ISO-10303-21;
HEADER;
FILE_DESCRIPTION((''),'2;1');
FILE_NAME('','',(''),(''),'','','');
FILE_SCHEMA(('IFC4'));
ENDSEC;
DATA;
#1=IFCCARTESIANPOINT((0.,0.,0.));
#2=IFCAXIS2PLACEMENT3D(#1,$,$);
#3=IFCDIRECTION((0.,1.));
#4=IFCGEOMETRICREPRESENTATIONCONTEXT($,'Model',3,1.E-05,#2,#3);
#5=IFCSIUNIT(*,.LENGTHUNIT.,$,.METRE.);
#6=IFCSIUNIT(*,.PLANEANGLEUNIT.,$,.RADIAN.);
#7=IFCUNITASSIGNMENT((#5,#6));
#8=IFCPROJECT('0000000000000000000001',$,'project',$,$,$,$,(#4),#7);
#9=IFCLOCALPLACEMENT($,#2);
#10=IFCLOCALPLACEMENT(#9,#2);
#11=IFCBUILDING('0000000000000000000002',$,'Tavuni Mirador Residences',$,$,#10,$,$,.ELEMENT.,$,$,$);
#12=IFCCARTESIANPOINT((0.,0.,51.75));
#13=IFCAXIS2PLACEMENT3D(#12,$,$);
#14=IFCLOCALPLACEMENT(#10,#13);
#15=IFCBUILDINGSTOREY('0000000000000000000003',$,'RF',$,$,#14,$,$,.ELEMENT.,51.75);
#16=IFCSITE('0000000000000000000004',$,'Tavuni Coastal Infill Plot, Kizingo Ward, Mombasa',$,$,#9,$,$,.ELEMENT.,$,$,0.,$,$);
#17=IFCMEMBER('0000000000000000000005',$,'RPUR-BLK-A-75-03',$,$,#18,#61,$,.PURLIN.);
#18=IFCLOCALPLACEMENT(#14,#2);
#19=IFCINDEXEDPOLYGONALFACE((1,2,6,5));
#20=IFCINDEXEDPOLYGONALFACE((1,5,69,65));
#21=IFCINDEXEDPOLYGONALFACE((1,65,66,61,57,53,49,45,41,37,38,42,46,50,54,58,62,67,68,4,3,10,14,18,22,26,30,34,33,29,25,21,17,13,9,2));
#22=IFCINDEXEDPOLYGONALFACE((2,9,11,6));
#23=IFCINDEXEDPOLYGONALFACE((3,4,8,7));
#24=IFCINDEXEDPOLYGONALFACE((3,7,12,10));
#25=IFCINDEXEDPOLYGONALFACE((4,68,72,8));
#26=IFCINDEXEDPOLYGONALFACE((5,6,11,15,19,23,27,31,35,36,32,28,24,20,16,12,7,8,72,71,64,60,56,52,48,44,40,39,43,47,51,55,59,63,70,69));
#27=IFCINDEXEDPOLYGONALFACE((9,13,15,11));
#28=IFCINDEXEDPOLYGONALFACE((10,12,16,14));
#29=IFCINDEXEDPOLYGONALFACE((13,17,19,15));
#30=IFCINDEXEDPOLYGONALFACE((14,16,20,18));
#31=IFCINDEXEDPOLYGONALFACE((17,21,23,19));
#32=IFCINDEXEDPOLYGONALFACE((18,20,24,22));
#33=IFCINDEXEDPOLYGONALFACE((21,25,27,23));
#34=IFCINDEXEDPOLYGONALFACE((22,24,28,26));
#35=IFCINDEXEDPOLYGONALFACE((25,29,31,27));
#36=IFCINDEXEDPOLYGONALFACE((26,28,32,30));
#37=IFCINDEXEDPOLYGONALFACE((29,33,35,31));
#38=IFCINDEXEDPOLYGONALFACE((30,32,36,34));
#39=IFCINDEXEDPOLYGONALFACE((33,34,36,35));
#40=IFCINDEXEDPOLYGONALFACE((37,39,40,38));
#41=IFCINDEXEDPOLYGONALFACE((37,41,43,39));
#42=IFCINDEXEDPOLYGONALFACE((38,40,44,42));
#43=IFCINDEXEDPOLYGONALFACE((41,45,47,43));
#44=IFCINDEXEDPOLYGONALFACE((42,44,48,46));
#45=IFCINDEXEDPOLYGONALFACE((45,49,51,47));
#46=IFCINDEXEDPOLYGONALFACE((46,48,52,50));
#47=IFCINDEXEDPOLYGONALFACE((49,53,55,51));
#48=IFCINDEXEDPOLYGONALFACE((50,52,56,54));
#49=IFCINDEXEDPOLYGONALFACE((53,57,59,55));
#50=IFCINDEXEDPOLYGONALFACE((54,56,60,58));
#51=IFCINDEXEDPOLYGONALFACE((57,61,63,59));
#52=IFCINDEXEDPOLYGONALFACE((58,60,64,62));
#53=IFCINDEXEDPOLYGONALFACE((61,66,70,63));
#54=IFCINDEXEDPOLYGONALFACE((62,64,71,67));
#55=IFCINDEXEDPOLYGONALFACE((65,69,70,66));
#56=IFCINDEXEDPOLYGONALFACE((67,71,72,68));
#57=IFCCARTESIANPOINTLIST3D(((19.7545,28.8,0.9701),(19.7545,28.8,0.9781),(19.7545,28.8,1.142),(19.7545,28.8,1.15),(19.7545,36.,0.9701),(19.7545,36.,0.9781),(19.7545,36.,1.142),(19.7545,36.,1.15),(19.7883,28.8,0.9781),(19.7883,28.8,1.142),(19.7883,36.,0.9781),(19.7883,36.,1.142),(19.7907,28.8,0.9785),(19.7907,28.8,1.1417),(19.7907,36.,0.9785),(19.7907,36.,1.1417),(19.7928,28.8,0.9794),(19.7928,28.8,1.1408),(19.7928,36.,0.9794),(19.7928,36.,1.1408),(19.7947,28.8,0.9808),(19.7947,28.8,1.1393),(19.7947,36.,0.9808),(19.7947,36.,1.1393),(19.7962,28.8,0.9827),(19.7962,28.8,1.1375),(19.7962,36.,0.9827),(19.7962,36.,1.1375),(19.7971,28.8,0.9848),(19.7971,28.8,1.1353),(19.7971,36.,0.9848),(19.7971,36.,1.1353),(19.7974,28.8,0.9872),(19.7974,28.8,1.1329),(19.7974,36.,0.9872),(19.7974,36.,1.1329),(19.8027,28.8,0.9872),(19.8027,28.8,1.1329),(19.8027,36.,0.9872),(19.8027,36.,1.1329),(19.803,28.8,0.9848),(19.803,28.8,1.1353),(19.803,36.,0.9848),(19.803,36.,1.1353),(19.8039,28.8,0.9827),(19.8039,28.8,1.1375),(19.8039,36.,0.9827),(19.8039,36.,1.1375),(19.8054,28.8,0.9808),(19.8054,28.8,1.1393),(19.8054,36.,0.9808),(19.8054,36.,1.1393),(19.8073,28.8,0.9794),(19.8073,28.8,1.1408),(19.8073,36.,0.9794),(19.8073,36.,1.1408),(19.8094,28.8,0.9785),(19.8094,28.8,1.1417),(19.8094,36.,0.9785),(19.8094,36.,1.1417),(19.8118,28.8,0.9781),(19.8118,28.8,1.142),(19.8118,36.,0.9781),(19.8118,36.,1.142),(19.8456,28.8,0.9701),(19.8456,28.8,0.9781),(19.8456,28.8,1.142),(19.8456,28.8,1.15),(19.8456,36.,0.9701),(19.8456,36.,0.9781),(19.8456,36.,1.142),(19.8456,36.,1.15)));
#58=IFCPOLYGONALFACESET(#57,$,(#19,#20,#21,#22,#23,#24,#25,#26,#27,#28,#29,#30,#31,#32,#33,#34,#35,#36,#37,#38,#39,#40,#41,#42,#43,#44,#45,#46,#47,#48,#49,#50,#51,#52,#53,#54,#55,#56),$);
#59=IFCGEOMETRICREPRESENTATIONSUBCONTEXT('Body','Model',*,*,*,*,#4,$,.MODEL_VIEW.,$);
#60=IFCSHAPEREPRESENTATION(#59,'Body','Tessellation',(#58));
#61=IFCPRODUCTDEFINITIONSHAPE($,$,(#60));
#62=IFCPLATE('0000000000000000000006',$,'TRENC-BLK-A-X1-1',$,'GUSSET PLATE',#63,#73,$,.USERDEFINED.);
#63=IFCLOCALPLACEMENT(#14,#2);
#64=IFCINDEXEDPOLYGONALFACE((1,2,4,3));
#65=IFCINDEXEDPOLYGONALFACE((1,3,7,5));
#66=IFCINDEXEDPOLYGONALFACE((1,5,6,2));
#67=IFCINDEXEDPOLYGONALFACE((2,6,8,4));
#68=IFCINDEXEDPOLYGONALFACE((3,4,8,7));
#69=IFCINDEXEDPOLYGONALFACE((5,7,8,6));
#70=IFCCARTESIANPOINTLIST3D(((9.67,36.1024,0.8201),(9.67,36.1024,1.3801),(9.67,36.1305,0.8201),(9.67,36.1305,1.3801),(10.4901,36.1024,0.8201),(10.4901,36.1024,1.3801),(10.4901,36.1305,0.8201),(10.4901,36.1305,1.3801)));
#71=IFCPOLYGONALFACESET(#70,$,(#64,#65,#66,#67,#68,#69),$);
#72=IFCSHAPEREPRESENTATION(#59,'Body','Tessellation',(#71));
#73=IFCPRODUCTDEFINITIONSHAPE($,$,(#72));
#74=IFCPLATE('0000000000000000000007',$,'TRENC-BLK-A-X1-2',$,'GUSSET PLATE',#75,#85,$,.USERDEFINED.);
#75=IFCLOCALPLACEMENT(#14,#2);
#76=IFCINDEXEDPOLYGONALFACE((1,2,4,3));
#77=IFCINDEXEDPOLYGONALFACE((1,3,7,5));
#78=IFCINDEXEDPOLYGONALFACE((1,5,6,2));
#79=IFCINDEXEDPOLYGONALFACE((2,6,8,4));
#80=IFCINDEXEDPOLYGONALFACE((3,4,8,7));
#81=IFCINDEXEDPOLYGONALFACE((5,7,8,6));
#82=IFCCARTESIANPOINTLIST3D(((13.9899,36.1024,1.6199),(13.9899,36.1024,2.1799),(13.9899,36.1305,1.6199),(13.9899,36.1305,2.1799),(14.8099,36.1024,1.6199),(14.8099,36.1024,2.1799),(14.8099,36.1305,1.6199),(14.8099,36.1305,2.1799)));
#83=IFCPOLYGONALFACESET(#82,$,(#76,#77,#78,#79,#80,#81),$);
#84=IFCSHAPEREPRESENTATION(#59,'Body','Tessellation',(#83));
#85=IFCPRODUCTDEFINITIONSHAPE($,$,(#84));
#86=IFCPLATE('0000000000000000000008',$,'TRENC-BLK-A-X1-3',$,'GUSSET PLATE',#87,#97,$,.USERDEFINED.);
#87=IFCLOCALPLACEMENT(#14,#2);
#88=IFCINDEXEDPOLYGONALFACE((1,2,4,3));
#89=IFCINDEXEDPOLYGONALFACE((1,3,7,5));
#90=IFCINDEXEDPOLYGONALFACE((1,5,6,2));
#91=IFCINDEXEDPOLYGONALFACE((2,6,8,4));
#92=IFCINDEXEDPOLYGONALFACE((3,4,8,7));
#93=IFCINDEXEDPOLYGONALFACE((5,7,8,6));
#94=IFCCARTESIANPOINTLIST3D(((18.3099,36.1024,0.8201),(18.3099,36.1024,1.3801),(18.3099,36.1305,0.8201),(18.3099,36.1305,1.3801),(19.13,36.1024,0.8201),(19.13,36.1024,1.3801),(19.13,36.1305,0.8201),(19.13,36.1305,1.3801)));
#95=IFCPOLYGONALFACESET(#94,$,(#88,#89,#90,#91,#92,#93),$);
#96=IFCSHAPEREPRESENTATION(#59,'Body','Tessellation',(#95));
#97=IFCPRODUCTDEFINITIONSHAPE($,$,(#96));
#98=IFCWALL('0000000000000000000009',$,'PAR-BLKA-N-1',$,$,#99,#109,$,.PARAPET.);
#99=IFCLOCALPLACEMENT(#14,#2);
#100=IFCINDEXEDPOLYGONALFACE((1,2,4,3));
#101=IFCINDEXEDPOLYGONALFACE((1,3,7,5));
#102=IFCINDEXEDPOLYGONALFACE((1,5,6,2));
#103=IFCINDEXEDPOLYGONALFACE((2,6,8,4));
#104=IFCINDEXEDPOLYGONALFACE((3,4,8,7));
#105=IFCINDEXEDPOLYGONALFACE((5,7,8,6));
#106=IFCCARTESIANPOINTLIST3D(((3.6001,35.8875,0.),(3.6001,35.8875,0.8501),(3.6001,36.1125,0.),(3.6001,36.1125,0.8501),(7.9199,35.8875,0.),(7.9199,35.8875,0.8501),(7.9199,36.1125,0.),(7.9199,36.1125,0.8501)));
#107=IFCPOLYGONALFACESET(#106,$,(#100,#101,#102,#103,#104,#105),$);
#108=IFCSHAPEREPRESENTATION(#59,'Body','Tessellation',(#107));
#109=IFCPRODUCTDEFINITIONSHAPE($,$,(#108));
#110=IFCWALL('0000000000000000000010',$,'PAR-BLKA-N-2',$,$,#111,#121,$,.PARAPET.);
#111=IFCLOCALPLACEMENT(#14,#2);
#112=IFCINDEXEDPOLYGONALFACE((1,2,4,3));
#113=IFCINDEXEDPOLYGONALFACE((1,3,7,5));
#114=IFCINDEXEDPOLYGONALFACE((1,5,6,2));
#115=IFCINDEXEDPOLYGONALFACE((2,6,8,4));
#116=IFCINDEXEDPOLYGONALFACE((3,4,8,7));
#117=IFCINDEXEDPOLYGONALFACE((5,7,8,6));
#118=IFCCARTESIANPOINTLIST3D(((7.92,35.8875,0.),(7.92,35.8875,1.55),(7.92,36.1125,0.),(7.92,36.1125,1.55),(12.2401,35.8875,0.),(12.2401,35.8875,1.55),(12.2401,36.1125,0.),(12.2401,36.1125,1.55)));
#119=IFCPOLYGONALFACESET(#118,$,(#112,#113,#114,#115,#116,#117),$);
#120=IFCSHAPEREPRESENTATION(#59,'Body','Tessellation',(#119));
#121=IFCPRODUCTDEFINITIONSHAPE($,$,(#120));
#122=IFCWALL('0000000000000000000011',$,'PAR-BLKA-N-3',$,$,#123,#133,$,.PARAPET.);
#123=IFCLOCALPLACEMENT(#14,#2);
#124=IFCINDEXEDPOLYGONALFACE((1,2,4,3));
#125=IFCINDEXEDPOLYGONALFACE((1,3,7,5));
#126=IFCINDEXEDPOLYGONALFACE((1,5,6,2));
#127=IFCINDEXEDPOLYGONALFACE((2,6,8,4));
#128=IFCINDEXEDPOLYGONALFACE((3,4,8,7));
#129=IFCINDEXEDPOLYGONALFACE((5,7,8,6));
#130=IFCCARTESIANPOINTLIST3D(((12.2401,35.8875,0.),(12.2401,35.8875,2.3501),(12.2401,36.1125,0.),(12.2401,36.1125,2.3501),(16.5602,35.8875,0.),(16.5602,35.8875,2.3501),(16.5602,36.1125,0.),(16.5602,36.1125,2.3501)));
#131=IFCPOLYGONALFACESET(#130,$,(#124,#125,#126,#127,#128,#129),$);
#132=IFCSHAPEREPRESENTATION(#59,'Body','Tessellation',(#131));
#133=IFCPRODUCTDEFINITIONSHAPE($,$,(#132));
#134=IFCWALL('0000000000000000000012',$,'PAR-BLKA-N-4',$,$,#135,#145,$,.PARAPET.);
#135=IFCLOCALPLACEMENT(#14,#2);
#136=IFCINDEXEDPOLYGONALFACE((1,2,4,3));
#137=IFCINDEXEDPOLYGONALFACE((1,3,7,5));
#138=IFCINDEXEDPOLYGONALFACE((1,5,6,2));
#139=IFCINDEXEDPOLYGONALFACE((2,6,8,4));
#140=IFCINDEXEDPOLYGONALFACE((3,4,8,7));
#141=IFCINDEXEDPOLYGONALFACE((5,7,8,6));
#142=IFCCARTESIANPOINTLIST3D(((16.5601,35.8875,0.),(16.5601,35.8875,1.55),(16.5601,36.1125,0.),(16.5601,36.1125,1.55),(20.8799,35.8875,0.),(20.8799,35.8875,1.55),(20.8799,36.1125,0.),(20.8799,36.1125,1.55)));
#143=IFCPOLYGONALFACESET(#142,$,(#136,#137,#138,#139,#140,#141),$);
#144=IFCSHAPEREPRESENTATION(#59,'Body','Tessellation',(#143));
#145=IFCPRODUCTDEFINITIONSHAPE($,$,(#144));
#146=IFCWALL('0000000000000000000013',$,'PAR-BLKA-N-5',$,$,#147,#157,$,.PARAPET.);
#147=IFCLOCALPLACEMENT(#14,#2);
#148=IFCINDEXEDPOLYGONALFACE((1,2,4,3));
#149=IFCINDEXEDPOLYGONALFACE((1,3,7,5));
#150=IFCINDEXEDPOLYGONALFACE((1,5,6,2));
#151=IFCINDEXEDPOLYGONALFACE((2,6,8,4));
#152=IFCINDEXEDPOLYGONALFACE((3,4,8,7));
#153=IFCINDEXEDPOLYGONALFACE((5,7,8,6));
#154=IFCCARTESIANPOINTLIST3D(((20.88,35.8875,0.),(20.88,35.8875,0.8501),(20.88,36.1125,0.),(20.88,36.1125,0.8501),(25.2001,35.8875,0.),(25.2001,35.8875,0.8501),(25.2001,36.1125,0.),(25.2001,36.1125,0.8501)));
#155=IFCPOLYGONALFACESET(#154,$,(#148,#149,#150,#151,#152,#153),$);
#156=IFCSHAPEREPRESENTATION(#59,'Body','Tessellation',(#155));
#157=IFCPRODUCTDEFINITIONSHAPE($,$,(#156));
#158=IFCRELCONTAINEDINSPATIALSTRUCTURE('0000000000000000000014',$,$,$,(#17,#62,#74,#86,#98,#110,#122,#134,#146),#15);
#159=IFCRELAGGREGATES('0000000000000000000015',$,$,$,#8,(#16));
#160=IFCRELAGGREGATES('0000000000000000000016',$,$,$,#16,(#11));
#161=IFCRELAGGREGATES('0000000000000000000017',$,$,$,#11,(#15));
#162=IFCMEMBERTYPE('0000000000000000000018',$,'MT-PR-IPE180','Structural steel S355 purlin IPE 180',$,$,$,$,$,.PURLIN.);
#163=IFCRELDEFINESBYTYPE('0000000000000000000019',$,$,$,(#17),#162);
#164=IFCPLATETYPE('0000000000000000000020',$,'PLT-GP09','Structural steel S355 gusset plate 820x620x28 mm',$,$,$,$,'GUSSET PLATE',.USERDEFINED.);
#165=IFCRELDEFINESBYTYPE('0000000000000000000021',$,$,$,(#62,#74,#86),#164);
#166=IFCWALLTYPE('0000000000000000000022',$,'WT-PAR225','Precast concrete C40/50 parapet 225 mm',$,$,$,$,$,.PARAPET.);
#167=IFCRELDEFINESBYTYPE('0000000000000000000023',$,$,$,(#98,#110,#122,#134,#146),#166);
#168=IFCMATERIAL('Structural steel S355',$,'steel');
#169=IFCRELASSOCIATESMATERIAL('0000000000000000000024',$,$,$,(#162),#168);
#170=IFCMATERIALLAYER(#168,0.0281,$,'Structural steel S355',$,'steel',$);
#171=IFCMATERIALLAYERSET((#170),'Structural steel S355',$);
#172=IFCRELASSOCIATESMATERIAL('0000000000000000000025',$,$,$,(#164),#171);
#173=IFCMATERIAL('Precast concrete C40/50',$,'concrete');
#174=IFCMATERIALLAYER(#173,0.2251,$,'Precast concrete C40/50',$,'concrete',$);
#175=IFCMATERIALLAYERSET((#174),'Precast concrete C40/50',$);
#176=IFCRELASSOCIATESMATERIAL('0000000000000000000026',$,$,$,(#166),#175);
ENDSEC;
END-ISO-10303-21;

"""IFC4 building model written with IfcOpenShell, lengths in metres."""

from ifc_helpers import new_model, si_unit, direction, frame, frame_2d, origin, origin_2d, place, context, subcontext, project, spatial, rectangle, i_section, extrude, material, layer, layer_set, material_profile, profile_set, type_object, element, save


model = new_model("IFC4")

# Units and contexts
model_context = context("Model", 3, precision=1e-05, world=origin(), true_north=direction((0.0, 1.0)))
body_context = subcontext(model_context, "Body", "Model", "MODEL_VIEW")
ifc_project = project(units=[si_unit("LENGTHUNIT", "METRE"), si_unit("PLANEANGLEUNIT", "RADIAN")], contexts=[model_context])

# Site, building, storey
site_placement = place(None, origin())
site = spatial("IfcSite", under=ifc_project, at=site_placement, Name="Tavuni Coastal Infill Plot, Kizingo Ward, Mombasa", CompositionType="ELEMENT", RefElevation=0.0)
building_placement = place(site_placement, origin())
building = spatial("IfcBuilding", under=site, at=building_placement, Name="Tavuni Mirador Residences", CompositionType="ELEMENT")
storey_placement = place(building_placement, frame((0.0, 0.0, 51.75)))
storey = spatial("IfcBuildingStorey", under=building, at=storey_placement, Name="RF", CompositionType="ELEMENT", Elevation=51.75)

# Member
ifc_material_1 = material(Name="Structural steel S355", Category="steel")
ifc_material_profile_1 = material_profile(ifc_material_1, i_section(OverallWidth=0.0911, OverallDepth=0.1799, WebThickness=0.0054, FlangeThickness=0.0081, FilletRadius=0.009, at=origin_2d()), Name="IPE 180", Category="steel")
ifc_profile_set_1 = profile_set([ifc_material_profile_1], Name="Structural steel S355")
member_type_1 = type_object("IfcMemberType", Name="MT-PR-IPE180", Description="Structural steel S355 purlin IPE 180", PredefinedType="PURLIN", material=ifc_profile_set_1)
for number, where, z_axis, x_axis, name in (
    (1, (19.8, 28.8, 1.0601), (0.0, 1.0, 0.0), (-1.0, 0.0, 0.0), "RPUR-BLK-A-75-03"),
):
    element("IfcMember", number, at=place(storey_placement, frame(where, z_axis=z_axis, x_axis=x_axis)), inside=storey, type_object=member_type_1, Name=name, PredefinedType="PURLIN", context=body_context, shape_type="SweptSolid", body=[
        extrude(i_section(OverallWidth=0.0911, OverallDepth=0.1799, WebThickness=0.0054, FlangeThickness=0.0081, FilletRadius=0.009, at=origin_2d()), origin(), (0.0, 0.0, 1.0), 7.2),
    ])

# Plates
ifc_layer_1 = layer(ifc_material_1, 0.0281, Name="Structural steel S355", Category="steel")
ifc_layer_set_1 = layer_set([ifc_layer_1], Name="Structural steel S355")
plate_type = type_object("IfcPlateType", Name="PLT-GP09", Description="Structural steel S355 gusset plate 820x620x28 mm", ElementType="GUSSET PLATE", PredefinedType="USERDEFINED", material=ifc_layer_set_1)
for number, where, z_axis, x_axis, name in (
    (2, (10.0801, 36.1165, 0.8201), (0.0, 0.0, 1.0), (1.0, 0.0, 0.0), "TRENC-BLK-A-X1-1"),
    (3, (14.3999, 36.1165, 1.6199), (0.0, 0.0, 1.0), (1.0, 0.0, 0.0), "TRENC-BLK-A-X1-2"),
    (4, (18.72, 36.1165, 0.8201), (0.0, 0.0, 1.0), (1.0, 0.0, 0.0), "TRENC-BLK-A-X1-3"),
):
    element("IfcPlate", number, at=place(storey_placement, frame(where, z_axis=z_axis, x_axis=x_axis)), inside=storey, type_object=plate_type, Name=name, ObjectType="GUSSET PLATE", PredefinedType="USERDEFINED", context=body_context, shape_type="SweptSolid", body=[
        extrude(rectangle(XDim=0.8201, YDim=0.0281, at=origin_2d()), origin(), (0.0, 0.0, 1.0), 0.5601),
    ])

# Walls
ifc_material_2 = material(Name="Precast concrete C40/50", Category="concrete")
ifc_layer_2 = layer(ifc_material_2, 0.2251, Name="Precast concrete C40/50", Category="concrete")
ifc_layer_set_2 = layer_set([ifc_layer_2], Name="Precast concrete C40/50")
wall_type = type_object("IfcWallType", Name="WT-PAR225", Description="Precast concrete C40/50 parapet 225 mm", PredefinedType="PARAPET", material=ifc_layer_set_2)
wall_1_placement = place(storey_placement, frame((3.6001, 36.0, 0.0), z_axis=(0.0, 0.0, 1.0), x_axis=(1.0, 0.0, 0.0)))
element("IfcWall", 5, at=wall_1_placement, inside=storey, type_object=wall_type, Name="PAR-BLKA-N-1", PredefinedType="PARAPET", context=body_context, shape_type="SweptSolid", body=[
    extrude(rectangle(XDim=4.3198, YDim=0.2251, at=frame_2d((2.1599, 0.0))), origin(), (0.0, 0.0, 1.0), 0.8501),
])
wall_2_placement = place(storey_placement, frame((7.9199, 36.0, 0.0), z_axis=(0.0, 0.0, 1.0), x_axis=(1.0, 0.0, 0.0)))
element("IfcWall", 6, at=wall_2_placement, inside=storey, type_object=wall_type, Name="PAR-BLKA-N-2", PredefinedType="PARAPET", context=body_context, shape_type="SweptSolid", body=[
    extrude(rectangle(XDim=4.3201, YDim=0.2251, at=frame_2d((2.1602, 0.0))), origin(), (0.0, 0.0, 1.0), 1.55),
])
wall_3_placement = place(storey_placement, frame((12.24, 36.0, 0.0), z_axis=(0.0, 0.0, 1.0), x_axis=(1.0, 0.0, 0.0)))
element("IfcWall", 7, at=wall_3_placement, inside=storey, type_object=wall_type, Name="PAR-BLKA-N-3", PredefinedType="PARAPET", context=body_context, shape_type="SweptSolid", body=[
    extrude(rectangle(XDim=4.3201, YDim=0.2251, at=frame_2d((2.1602, 0.0))), origin(), (0.0, 0.0, 1.0), 2.3501),
])
wall_4_placement = place(storey_placement, frame((16.5601, 36.0, 0.0), z_axis=(0.0, 0.0, 1.0), x_axis=(1.0, 0.0, 0.0)))
element("IfcWall", 8, at=wall_4_placement, inside=storey, type_object=wall_type, Name="PAR-BLKA-N-4", PredefinedType="PARAPET", context=body_context, shape_type="SweptSolid", body=[
    extrude(rectangle(XDim=4.3198, YDim=0.2251, at=frame_2d((2.1599, 0.0))), origin(), (0.0, 0.0, 1.0), 1.55),
])
wall_5_placement = place(storey_placement, frame((20.8799, 36.0, 0.0), z_axis=(0.0, 0.0, 1.0), x_axis=(1.0, 0.0, 0.0)))
element("IfcWall", 9, at=wall_5_placement, inside=storey, type_object=wall_type, Name="PAR-BLKA-N-5", PredefinedType="PARAPET", context=body_context, shape_type="SweptSolid", body=[
    extrude(rectangle(XDim=4.3201, YDim=0.2251, at=frame_2d((2.1602, 0.0))), origin(), (0.0, 0.0, 1.0), 0.8501),
])

save(model, "model.ifc")
